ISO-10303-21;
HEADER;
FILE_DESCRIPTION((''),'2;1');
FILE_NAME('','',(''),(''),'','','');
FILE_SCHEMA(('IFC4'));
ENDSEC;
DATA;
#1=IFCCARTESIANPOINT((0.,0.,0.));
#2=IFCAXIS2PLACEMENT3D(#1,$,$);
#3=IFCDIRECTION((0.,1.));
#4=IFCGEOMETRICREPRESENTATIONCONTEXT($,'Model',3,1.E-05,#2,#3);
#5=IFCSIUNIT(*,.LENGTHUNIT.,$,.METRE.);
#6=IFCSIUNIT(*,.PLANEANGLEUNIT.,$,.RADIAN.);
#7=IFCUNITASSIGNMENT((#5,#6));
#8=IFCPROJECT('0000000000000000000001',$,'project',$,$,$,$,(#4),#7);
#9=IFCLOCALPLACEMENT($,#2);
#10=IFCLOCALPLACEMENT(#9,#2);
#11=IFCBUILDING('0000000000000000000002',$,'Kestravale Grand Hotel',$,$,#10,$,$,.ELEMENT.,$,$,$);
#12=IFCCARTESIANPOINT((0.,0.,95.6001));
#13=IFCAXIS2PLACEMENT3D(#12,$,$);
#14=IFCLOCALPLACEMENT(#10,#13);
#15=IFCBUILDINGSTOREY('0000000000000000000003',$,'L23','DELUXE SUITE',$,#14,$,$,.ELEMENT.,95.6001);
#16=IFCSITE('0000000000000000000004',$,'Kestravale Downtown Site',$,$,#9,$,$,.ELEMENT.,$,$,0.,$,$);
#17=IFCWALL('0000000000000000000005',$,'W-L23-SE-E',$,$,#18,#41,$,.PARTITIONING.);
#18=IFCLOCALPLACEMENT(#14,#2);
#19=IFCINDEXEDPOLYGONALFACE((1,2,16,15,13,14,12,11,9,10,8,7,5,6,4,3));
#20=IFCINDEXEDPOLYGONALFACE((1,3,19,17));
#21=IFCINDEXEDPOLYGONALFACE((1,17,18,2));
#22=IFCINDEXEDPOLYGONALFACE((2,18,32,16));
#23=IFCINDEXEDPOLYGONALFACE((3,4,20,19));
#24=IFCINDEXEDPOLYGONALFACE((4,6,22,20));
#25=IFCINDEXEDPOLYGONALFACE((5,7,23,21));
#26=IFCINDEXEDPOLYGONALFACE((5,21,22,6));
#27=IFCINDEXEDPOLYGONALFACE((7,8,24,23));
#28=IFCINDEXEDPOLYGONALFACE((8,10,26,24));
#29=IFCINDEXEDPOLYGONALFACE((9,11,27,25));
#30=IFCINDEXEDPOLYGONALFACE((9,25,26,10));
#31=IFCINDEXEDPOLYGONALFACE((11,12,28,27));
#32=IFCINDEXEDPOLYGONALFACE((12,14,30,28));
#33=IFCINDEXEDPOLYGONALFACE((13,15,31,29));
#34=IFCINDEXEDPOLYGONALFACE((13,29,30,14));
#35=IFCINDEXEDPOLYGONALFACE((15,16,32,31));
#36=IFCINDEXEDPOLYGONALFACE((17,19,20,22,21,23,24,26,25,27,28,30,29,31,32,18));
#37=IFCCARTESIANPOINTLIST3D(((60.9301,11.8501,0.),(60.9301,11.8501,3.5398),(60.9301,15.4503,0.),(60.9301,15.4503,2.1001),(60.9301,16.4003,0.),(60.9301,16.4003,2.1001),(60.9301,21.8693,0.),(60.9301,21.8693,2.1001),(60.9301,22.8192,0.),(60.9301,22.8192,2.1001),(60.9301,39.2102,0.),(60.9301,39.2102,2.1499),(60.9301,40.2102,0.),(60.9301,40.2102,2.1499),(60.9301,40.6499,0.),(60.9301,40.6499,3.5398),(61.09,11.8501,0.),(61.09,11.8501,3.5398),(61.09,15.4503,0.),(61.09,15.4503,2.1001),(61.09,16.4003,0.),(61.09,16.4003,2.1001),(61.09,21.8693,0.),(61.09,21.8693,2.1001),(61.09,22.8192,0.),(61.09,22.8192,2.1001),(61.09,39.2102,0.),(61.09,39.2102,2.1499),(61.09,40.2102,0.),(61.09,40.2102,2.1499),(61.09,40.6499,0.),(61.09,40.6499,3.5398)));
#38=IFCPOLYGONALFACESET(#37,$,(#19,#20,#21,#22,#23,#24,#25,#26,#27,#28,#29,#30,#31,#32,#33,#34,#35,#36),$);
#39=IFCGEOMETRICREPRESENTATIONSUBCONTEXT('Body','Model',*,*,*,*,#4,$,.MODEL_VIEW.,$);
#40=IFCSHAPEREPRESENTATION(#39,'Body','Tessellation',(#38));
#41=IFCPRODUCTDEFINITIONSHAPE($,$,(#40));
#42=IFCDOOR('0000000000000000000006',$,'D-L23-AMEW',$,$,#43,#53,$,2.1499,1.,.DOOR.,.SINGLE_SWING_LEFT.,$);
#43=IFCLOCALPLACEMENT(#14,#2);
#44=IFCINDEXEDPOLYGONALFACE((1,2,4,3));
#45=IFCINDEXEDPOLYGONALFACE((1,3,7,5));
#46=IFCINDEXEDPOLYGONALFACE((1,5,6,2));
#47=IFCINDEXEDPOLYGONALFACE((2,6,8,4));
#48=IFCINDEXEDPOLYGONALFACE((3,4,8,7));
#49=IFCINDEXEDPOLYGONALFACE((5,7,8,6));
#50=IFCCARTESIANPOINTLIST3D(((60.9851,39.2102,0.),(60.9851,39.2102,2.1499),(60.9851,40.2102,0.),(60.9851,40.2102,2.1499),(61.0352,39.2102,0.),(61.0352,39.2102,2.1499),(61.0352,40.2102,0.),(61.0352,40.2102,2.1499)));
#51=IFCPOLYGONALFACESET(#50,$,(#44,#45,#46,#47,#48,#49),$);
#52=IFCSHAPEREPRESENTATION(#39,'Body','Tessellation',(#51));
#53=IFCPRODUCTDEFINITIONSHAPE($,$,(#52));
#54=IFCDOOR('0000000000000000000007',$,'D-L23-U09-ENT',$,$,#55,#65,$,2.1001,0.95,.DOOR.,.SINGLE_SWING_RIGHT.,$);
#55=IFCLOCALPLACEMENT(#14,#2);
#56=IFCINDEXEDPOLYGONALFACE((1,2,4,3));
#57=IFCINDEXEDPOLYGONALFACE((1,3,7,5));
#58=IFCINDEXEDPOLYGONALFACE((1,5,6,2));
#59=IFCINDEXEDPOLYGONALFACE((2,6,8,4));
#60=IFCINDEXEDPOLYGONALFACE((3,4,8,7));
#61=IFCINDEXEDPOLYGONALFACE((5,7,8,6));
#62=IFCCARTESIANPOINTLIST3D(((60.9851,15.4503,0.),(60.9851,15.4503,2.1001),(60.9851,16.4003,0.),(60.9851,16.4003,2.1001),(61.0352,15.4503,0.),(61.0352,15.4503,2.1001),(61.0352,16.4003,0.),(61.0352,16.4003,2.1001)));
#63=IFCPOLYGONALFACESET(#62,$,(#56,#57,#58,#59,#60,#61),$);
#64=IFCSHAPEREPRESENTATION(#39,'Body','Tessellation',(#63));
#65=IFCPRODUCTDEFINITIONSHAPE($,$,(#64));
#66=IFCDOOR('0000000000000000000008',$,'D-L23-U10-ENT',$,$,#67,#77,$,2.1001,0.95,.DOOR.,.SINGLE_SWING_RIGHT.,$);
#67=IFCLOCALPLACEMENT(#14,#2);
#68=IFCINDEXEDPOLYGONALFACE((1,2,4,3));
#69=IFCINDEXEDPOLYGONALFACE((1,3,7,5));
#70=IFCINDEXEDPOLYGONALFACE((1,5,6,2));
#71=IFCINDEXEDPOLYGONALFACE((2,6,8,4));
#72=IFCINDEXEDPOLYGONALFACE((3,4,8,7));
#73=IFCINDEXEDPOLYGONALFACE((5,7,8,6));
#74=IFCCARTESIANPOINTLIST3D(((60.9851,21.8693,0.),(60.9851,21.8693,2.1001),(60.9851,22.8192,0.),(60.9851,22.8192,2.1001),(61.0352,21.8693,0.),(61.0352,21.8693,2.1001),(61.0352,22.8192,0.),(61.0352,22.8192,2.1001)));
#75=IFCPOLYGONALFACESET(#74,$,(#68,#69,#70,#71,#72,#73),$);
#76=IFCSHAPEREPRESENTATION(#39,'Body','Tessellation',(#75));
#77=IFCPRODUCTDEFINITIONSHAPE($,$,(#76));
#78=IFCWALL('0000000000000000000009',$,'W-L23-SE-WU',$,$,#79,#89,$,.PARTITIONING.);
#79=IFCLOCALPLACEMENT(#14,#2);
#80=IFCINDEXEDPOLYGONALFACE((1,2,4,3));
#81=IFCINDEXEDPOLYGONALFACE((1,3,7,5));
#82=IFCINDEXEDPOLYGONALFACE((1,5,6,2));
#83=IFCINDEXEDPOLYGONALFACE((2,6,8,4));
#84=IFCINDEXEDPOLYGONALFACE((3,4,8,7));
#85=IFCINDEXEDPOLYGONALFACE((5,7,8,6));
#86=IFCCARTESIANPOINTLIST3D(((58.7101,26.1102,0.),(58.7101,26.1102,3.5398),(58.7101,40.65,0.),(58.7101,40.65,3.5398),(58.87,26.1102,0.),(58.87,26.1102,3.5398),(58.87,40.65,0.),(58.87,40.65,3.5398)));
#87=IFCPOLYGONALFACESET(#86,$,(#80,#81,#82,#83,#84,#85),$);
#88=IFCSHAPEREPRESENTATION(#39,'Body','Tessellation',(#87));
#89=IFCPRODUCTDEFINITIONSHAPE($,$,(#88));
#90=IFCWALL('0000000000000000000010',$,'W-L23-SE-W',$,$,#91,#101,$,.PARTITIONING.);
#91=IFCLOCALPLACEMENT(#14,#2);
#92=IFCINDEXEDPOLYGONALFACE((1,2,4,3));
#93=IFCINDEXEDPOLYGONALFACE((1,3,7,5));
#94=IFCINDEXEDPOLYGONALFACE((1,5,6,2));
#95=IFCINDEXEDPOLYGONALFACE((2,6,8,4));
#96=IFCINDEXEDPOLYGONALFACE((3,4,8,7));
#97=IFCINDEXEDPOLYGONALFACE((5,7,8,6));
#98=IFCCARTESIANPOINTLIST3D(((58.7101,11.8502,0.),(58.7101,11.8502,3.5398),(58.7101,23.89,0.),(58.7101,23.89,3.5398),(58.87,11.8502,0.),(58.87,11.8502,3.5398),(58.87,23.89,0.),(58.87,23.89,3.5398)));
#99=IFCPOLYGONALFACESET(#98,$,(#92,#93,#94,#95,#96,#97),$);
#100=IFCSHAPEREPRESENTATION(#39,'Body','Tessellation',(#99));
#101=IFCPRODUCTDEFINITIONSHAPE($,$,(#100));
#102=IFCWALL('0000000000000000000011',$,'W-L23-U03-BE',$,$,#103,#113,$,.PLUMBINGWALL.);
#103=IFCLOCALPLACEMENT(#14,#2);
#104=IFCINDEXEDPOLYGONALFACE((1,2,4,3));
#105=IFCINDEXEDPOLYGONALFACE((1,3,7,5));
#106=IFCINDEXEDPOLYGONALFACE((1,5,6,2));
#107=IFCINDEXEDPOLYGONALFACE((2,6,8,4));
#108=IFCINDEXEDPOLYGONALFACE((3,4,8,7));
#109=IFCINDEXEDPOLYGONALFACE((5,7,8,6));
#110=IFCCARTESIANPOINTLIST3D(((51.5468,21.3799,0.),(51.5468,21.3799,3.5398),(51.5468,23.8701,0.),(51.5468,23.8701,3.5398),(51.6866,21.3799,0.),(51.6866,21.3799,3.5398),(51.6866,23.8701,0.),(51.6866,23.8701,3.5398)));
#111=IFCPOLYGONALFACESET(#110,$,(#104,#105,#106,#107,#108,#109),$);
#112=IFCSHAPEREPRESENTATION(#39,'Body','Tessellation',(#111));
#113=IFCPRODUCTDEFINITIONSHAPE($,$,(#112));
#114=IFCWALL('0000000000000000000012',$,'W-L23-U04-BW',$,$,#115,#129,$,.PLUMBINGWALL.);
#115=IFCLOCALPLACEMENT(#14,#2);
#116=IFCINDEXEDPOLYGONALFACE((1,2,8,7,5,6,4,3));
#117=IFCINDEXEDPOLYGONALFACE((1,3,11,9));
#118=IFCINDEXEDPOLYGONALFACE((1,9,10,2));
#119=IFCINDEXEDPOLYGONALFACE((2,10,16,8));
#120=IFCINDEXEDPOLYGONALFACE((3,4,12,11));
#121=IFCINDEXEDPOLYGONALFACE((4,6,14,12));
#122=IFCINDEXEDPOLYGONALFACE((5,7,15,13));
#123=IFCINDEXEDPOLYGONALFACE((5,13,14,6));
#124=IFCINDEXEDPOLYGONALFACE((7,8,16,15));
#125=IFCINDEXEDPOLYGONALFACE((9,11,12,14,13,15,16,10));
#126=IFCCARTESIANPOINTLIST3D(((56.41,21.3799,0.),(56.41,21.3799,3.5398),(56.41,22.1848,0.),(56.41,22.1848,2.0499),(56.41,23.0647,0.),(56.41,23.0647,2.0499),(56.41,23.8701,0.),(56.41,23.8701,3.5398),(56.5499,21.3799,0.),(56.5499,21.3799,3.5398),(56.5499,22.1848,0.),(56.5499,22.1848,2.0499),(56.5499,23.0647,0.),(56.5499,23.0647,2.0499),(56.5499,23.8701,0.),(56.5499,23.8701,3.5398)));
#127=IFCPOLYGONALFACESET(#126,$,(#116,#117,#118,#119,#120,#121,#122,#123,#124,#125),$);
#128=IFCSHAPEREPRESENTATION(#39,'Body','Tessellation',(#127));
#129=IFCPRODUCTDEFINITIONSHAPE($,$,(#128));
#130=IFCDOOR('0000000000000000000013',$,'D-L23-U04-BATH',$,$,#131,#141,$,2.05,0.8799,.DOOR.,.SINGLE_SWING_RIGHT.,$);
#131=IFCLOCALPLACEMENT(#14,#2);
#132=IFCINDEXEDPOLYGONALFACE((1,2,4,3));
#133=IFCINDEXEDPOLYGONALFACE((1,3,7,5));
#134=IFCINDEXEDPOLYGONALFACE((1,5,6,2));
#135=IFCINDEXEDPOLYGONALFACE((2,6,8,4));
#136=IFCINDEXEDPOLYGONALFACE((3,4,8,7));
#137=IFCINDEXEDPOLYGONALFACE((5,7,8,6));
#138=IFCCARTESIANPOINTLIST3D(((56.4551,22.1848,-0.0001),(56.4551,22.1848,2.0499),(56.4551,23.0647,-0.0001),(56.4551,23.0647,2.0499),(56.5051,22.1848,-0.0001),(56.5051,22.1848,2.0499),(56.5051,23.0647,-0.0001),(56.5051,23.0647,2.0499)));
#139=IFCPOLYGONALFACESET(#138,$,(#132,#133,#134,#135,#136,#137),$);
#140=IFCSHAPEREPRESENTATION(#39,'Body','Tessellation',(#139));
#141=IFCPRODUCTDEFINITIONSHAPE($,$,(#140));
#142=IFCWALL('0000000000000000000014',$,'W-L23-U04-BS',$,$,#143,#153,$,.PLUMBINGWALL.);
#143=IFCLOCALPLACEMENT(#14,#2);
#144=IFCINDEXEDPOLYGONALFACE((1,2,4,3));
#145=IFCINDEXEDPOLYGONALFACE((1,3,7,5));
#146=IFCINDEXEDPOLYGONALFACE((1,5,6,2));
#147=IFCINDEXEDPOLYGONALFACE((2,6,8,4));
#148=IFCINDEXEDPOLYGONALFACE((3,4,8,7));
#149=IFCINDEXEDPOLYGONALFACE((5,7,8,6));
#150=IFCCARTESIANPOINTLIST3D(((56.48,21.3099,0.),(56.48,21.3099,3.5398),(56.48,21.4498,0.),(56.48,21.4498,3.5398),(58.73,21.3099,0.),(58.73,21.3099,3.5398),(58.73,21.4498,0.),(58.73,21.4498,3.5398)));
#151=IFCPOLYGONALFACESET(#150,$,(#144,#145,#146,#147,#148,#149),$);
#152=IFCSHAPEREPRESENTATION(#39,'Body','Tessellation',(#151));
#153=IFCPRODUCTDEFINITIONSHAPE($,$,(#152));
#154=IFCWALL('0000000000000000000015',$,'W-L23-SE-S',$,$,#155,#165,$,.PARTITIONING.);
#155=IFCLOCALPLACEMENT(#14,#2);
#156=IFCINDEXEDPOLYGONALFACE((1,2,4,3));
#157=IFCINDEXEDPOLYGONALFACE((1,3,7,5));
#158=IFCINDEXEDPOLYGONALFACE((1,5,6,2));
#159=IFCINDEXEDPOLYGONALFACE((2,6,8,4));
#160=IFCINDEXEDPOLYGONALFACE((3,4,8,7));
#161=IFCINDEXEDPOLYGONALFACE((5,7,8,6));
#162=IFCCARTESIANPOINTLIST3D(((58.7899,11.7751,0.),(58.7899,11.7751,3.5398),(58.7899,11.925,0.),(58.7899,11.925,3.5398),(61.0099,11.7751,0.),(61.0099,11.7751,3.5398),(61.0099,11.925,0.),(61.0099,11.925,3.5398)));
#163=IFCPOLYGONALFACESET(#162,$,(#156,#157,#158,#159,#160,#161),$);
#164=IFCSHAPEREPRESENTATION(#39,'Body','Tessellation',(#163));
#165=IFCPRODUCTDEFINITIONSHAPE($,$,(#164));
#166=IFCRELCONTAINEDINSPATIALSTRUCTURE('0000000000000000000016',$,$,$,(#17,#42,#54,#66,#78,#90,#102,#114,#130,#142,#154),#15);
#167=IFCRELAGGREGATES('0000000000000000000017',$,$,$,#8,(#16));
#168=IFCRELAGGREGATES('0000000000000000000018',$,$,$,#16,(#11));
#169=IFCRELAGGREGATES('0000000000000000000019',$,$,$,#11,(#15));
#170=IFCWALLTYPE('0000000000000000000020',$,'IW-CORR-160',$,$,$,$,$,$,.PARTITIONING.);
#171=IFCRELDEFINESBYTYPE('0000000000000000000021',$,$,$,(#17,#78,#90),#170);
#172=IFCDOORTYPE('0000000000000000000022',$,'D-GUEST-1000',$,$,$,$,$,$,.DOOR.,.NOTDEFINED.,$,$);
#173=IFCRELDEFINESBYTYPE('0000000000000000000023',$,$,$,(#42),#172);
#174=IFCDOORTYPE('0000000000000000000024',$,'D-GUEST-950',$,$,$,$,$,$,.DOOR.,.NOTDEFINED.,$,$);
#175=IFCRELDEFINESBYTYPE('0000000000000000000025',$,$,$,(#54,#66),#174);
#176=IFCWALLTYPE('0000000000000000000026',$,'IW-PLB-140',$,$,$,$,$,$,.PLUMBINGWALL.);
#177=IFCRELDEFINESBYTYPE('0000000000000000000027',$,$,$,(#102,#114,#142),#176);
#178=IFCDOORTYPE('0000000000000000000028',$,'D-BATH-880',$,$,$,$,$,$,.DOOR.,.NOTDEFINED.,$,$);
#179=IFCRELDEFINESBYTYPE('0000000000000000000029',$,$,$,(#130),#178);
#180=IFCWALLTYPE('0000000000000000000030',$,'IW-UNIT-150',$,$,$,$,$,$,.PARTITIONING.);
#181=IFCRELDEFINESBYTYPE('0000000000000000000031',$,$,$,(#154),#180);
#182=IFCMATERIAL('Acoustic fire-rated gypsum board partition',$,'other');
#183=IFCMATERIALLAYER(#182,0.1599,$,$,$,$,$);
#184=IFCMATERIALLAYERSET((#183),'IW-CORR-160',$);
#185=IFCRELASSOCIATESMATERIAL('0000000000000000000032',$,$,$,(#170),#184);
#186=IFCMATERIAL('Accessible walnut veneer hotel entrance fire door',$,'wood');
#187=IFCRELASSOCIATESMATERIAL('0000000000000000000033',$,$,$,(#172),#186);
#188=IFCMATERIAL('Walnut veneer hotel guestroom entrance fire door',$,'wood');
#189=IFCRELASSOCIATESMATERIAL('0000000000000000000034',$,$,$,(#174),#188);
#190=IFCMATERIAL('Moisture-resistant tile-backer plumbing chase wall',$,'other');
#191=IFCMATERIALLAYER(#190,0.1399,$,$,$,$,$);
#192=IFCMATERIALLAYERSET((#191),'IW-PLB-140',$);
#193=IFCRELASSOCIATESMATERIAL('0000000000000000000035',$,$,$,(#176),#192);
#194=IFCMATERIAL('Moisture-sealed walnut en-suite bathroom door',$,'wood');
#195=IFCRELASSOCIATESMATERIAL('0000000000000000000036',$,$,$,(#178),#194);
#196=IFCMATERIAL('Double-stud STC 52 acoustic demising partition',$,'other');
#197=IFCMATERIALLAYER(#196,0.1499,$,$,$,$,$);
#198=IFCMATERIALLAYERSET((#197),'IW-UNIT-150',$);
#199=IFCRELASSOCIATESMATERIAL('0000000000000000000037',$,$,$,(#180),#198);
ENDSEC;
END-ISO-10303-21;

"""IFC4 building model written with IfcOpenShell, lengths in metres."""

from ifc_helpers import new_model, si_unit, direction, frame, frame_2d, origin, place, context, subcontext, project, spatial, rectangle, extrude, material, layer, layer_set, type_object, element, fill, save


model = new_model("IFC4")

# Units and contexts
model_context = context("Model", 3, precision=1e-05, world=origin(), true_north=direction((0.0, 1.0)))
body_context = subcontext(model_context, "Body", "Model", "MODEL_VIEW")
ifc_project = project(units=[si_unit("LENGTHUNIT", "METRE"), si_unit("PLANEANGLEUNIT", "RADIAN")], contexts=[model_context])

# Site, building, storey
site_placement = place(None, origin())
site = spatial("IfcSite", under=ifc_project, at=site_placement, Name="Kestravale Downtown Site", CompositionType="ELEMENT", RefElevation=0.0)
building_placement = place(site_placement, origin())
building = spatial("IfcBuilding", under=site, at=building_placement, Name="Kestravale Grand Hotel", CompositionType="ELEMENT")
storey_placement = place(building_placement, frame((0.0, 0.0, 95.6001)))
storey = spatial("IfcBuildingStorey", under=building, at=storey_placement, Name="L23", Description="DELUXE SUITE", CompositionType="ELEMENT", Elevation=95.6001)

# Wall, openings, doors
ifc_material_1 = material(Name="Acoustic fire-rated gypsum board partition", Category="other")
ifc_layer_1 = layer(ifc_material_1, 0.1599)
ifc_layer_set_1 = layer_set([ifc_layer_1], Name="IW-CORR-160")
wall_type_1 = type_object("IfcWallType", Name="IW-CORR-160", PredefinedType="PARTITIONING", material=ifc_layer_set_1)
wall_1_placement = place(storey_placement, frame((61.01, 11.8501, 0.0), z_axis=(0.0, 0.0, 1.0), x_axis=(0.0, 1.0, 0.0)))
wall_1 = element("IfcWall", 1, at=wall_1_placement, inside=storey, type_object=wall_type_1, Name="W-L23-SE-E", PredefinedType="PARTITIONING", context=body_context, shape_type="SweptSolid", body=[
    extrude(rectangle(XDim=28.7998, YDim=0.1599, at=frame_2d((14.3999, 0.0))), origin(), (0.0, 0.0, 1.0), 3.5398),
])
opening_1_placement = place(wall_1_placement, frame((3.6001, 0.0, 0.0)))
opening_1 = element("IfcOpeningElement", 2, at=opening_1_placement, cuts=wall_1, PredefinedType="OPENING", context=body_context, shape_type="SweptSolid", body=[
    extrude(rectangle(XDim=0.95, YDim=2.1001, at=frame_2d((0.4751, 1.05))), frame((0.0, 0.0898, 0.0), z_axis=(0.0, -1.0, 0.0), x_axis=(1.0, 0.0, 0.0)), (0.0, 0.0, 1.0), 0.1799),
])
opening_2_placement = place(wall_1_placement, frame((10.019, 0.0, 0.0)))
opening_2 = element("IfcOpeningElement", 3, at=opening_2_placement, cuts=wall_1, PredefinedType="OPENING", context=body_context, shape_type="SweptSolid", body=[
    extrude(rectangle(XDim=0.95, YDim=2.1001, at=frame_2d((0.4751, 1.05))), frame((0.0, 0.0898, 0.0), z_axis=(0.0, -1.0, 0.0), x_axis=(1.0, 0.0, 0.0)), (0.0, 0.0, 1.0), 0.1799),
])
opening_3_placement = place(wall_1_placement, frame((27.3601, 0.0, 0.0)))
opening_3 = element("IfcOpeningElement", 4, at=opening_3_placement, cuts=wall_1, PredefinedType="OPENING", context=body_context, shape_type="SweptSolid", body=[
    extrude(rectangle(XDim=1.0, YDim=2.1499, at=frame_2d((0.5, 1.075))), frame((0.0, 0.0898, 0.0), z_axis=(0.0, -1.0, 0.0), x_axis=(1.0, 0.0, 0.0)), (0.0, 0.0, 1.0), 0.1799),
])
ifc_material_2 = material(Name="Accessible walnut veneer hotel entrance fire door", Category="wood")
door_type_1 = type_object("IfcDoorType", Name="D-GUEST-1000", OperationType="NOTDEFINED", PredefinedType="DOOR", material=ifc_material_2)
door_1_placement = place(opening_3_placement, origin())
door_1 = element("IfcDoor", 5, at=door_1_placement, inside=storey, type_object=door_type_1, Name="D-L23-AMEW", OperationType="SINGLE_SWING_LEFT", OverallHeight=2.1499, OverallWidth=1.0, PredefinedType="DOOR", context=body_context, shape_type="SweptSolid", body=[
    extrude(rectangle(XDim=1.0, YDim=2.1499, at=frame_2d((0.5, 1.075))), frame((0.0, 0.0249, 0.0), z_axis=(0.0, -1.0, 0.0), x_axis=(1.0, 0.0, 0.0)), (0.0, 0.0, 1.0), 0.05),
])
fill(opening_3, door_1)
ifc_material_3 = material(Name="Walnut veneer hotel guestroom entrance fire door", Category="wood")
door_type_2 = type_object("IfcDoorType", Name="D-GUEST-950", OperationType="NOTDEFINED", PredefinedType="DOOR", material=ifc_material_3)
door_2_placement = place(opening_1_placement, origin())
door_2 = element("IfcDoor", 6, at=door_2_placement, inside=storey, type_object=door_type_2, Name="D-L23-U09-ENT", OperationType="SINGLE_SWING_RIGHT", OverallHeight=2.1001, OverallWidth=0.95, PredefinedType="DOOR", context=body_context, shape_type="SweptSolid", body=[
    extrude(rectangle(XDim=0.95, YDim=2.1001, at=frame_2d((0.4751, 1.05))), frame((0.0, 0.0249, 0.0), z_axis=(0.0, -1.0, 0.0), x_axis=(1.0, 0.0, 0.0)), (0.0, 0.0, 1.0), 0.05),
])
fill(opening_1, door_2)
door_3_placement = place(opening_2_placement, origin())
door_3 = element("IfcDoor", 7, at=door_3_placement, inside=storey, type_object=door_type_2, Name="D-L23-U10-ENT", OperationType="SINGLE_SWING_RIGHT", OverallHeight=2.1001, OverallWidth=0.95, PredefinedType="DOOR", context=body_context, shape_type="SweptSolid", body=[
    extrude(rectangle(XDim=0.95, YDim=2.1001, at=frame_2d((0.4751, 1.05))), frame((0.0, 0.0249, 0.0), z_axis=(0.0, -1.0, 0.0), x_axis=(1.0, 0.0, 0.0)), (0.0, 0.0, 1.0), 0.05),
])
fill(opening_2, door_3)

# Walls
wall_2_placement = place(storey_placement, frame((58.79, 26.1101, 0.0), z_axis=(0.0, 0.0, 1.0), x_axis=(0.0, 1.0, 0.0)))
element("IfcWall", 8, at=wall_2_placement, inside=storey, type_object=wall_type_1, Name="W-L23-SE-WU", PredefinedType="PARTITIONING", context=body_context, shape_type="SweptSolid", body=[
    extrude(rectangle(XDim=14.5398, YDim=0.1599, at=frame_2d((7.27, 0.0))), origin(), (0.0, 0.0, 1.0), 3.5398),
])
wall_3_placement = place(storey_placement, frame((58.79, 11.8501, 0.0), z_axis=(0.0, 0.0, 1.0), x_axis=(0.0, 1.0, 0.0)))
element("IfcWall", 9, at=wall_3_placement, inside=storey, type_object=wall_type_1, Name="W-L23-SE-W", PredefinedType="PARTITIONING", context=body_context, shape_type="SweptSolid", body=[
    extrude(rectangle(XDim=12.0398, YDim=0.1599, at=frame_2d((6.02, 0.0))), origin(), (0.0, 0.0, 1.0), 3.5398),
])
ifc_material_4 = material(Name="Moisture-resistant tile-backer plumbing chase wall", Category="other")
ifc_layer_2 = layer(ifc_material_4, 0.1399)
ifc_layer_set_2 = layer_set([ifc_layer_2], Name="IW-PLB-140")
wall_type_2 = type_object("IfcWallType", Name="IW-PLB-140", PredefinedType="PLUMBINGWALL", material=ifc_layer_set_2)
wall_4_placement = place(storey_placement, frame((51.6167, 21.3799, 0.0), z_axis=(0.0, 0.0, 1.0), x_axis=(0.0, 1.0, 0.0)))
element("IfcWall", 10, at=wall_4_placement, inside=storey, type_object=wall_type_2, Name="W-L23-U03-BE", PredefinedType="PLUMBINGWALL", context=body_context, shape_type="SweptSolid", body=[
    extrude(rectangle(XDim=2.4902, YDim=0.1399, at=frame_2d((1.2451, 0.0))), origin(), (0.0, 0.0, 1.0), 3.5398),
])

# Wall, opening, door
wall_5_placement = place(storey_placement, frame((56.48, 21.3799, 0.0), z_axis=(0.0, 0.0, 1.0), x_axis=(0.0, 1.0, 0.0)))
wall_5 = element("IfcWall", 11, at=wall_5_placement, inside=storey, type_object=wall_type_2, Name="W-L23-U04-BW", PredefinedType="PLUMBINGWALL", context=body_context, shape_type="SweptSolid", body=[
    extrude(rectangle(XDim=2.4902, YDim=0.1399, at=frame_2d((1.2451, 0.0))), origin(), (0.0, 0.0, 1.0), 3.5398),
])
opening_4_placement = place(wall_5_placement, frame((0.8049, 0.0, 0.0)))
opening_4 = element("IfcOpeningElement", 12, at=opening_4_placement, cuts=wall_5, PredefinedType="OPENING", context=body_context, shape_type="SweptSolid", body=[
    extrude(rectangle(XDim=0.8799, YDim=2.05, at=frame_2d((0.4399, 1.0249))), frame((0.0, 0.0798, 0.0), z_axis=(0.0, -1.0, 0.0), x_axis=(1.0, 0.0, 0.0)), (0.0, 0.0, 1.0), 0.1599),
])
ifc_material_5 = material(Name="Moisture-sealed walnut en-suite bathroom door", Category="wood")
door_type_3 = type_object("IfcDoorType", Name="D-BATH-880", OperationType="NOTDEFINED", PredefinedType="DOOR", material=ifc_material_5)
door_4_placement = place(opening_4_placement, origin())
door_4 = element("IfcDoor", 13, at=door_4_placement, inside=storey, type_object=door_type_3, Name="D-L23-U04-BATH", OperationType="SINGLE_SWING_RIGHT", OverallHeight=2.05, OverallWidth=0.8799, PredefinedType="DOOR", context=body_context, shape_type="SweptSolid", body=[
    extrude(rectangle(XDim=0.8799, YDim=2.05, at=frame_2d((0.4399, 1.0249))), frame((0.0, 0.0249, 0.0), z_axis=(0.0, -1.0, 0.0), x_axis=(1.0, 0.0, 0.0)), (0.0, 0.0, 1.0), 0.05),
])
fill(opening_4, door_4)

# Walls
wall_6_placement = place(storey_placement, frame((56.48, 21.3799, 0.0), z_axis=(0.0, 0.0, 1.0), x_axis=(1.0, 0.0, 0.0)))
element("IfcWall", 14, at=wall_6_placement, inside=storey, type_object=wall_type_2, Name="W-L23-U04-BS", PredefinedType="PLUMBINGWALL", context=body_context, shape_type="SweptSolid", body=[
    extrude(rectangle(XDim=2.25, YDim=0.1399, at=frame_2d((1.125, 0.0))), origin(), (0.0, 0.0, 1.0), 3.5398),
])
ifc_material_6 = material(Name="Double-stud STC 52 acoustic demising partition", Category="other")
ifc_layer_3 = layer(ifc_material_6, 0.1499)
ifc_layer_set_3 = layer_set([ifc_layer_3], Name="IW-UNIT-150")
wall_type_3 = type_object("IfcWallType", Name="IW-UNIT-150", PredefinedType="PARTITIONING", material=ifc_layer_set_3)
wall_7_placement = place(storey_placement, frame((58.79, 11.8501, 0.0), z_axis=(0.0, 0.0, 1.0), x_axis=(1.0, 0.0, 0.0)))
element("IfcWall", 15, at=wall_7_placement, inside=storey, type_object=wall_type_3, Name="W-L23-SE-S", PredefinedType="PARTITIONING", context=body_context, shape_type="SweptSolid", body=[
    extrude(rectangle(XDim=2.22, YDim=0.1499, at=frame_2d((1.1099, 0.0))), origin(), (0.0, 0.0, 1.0), 3.5398),
])

save(model, "model.ifc")
